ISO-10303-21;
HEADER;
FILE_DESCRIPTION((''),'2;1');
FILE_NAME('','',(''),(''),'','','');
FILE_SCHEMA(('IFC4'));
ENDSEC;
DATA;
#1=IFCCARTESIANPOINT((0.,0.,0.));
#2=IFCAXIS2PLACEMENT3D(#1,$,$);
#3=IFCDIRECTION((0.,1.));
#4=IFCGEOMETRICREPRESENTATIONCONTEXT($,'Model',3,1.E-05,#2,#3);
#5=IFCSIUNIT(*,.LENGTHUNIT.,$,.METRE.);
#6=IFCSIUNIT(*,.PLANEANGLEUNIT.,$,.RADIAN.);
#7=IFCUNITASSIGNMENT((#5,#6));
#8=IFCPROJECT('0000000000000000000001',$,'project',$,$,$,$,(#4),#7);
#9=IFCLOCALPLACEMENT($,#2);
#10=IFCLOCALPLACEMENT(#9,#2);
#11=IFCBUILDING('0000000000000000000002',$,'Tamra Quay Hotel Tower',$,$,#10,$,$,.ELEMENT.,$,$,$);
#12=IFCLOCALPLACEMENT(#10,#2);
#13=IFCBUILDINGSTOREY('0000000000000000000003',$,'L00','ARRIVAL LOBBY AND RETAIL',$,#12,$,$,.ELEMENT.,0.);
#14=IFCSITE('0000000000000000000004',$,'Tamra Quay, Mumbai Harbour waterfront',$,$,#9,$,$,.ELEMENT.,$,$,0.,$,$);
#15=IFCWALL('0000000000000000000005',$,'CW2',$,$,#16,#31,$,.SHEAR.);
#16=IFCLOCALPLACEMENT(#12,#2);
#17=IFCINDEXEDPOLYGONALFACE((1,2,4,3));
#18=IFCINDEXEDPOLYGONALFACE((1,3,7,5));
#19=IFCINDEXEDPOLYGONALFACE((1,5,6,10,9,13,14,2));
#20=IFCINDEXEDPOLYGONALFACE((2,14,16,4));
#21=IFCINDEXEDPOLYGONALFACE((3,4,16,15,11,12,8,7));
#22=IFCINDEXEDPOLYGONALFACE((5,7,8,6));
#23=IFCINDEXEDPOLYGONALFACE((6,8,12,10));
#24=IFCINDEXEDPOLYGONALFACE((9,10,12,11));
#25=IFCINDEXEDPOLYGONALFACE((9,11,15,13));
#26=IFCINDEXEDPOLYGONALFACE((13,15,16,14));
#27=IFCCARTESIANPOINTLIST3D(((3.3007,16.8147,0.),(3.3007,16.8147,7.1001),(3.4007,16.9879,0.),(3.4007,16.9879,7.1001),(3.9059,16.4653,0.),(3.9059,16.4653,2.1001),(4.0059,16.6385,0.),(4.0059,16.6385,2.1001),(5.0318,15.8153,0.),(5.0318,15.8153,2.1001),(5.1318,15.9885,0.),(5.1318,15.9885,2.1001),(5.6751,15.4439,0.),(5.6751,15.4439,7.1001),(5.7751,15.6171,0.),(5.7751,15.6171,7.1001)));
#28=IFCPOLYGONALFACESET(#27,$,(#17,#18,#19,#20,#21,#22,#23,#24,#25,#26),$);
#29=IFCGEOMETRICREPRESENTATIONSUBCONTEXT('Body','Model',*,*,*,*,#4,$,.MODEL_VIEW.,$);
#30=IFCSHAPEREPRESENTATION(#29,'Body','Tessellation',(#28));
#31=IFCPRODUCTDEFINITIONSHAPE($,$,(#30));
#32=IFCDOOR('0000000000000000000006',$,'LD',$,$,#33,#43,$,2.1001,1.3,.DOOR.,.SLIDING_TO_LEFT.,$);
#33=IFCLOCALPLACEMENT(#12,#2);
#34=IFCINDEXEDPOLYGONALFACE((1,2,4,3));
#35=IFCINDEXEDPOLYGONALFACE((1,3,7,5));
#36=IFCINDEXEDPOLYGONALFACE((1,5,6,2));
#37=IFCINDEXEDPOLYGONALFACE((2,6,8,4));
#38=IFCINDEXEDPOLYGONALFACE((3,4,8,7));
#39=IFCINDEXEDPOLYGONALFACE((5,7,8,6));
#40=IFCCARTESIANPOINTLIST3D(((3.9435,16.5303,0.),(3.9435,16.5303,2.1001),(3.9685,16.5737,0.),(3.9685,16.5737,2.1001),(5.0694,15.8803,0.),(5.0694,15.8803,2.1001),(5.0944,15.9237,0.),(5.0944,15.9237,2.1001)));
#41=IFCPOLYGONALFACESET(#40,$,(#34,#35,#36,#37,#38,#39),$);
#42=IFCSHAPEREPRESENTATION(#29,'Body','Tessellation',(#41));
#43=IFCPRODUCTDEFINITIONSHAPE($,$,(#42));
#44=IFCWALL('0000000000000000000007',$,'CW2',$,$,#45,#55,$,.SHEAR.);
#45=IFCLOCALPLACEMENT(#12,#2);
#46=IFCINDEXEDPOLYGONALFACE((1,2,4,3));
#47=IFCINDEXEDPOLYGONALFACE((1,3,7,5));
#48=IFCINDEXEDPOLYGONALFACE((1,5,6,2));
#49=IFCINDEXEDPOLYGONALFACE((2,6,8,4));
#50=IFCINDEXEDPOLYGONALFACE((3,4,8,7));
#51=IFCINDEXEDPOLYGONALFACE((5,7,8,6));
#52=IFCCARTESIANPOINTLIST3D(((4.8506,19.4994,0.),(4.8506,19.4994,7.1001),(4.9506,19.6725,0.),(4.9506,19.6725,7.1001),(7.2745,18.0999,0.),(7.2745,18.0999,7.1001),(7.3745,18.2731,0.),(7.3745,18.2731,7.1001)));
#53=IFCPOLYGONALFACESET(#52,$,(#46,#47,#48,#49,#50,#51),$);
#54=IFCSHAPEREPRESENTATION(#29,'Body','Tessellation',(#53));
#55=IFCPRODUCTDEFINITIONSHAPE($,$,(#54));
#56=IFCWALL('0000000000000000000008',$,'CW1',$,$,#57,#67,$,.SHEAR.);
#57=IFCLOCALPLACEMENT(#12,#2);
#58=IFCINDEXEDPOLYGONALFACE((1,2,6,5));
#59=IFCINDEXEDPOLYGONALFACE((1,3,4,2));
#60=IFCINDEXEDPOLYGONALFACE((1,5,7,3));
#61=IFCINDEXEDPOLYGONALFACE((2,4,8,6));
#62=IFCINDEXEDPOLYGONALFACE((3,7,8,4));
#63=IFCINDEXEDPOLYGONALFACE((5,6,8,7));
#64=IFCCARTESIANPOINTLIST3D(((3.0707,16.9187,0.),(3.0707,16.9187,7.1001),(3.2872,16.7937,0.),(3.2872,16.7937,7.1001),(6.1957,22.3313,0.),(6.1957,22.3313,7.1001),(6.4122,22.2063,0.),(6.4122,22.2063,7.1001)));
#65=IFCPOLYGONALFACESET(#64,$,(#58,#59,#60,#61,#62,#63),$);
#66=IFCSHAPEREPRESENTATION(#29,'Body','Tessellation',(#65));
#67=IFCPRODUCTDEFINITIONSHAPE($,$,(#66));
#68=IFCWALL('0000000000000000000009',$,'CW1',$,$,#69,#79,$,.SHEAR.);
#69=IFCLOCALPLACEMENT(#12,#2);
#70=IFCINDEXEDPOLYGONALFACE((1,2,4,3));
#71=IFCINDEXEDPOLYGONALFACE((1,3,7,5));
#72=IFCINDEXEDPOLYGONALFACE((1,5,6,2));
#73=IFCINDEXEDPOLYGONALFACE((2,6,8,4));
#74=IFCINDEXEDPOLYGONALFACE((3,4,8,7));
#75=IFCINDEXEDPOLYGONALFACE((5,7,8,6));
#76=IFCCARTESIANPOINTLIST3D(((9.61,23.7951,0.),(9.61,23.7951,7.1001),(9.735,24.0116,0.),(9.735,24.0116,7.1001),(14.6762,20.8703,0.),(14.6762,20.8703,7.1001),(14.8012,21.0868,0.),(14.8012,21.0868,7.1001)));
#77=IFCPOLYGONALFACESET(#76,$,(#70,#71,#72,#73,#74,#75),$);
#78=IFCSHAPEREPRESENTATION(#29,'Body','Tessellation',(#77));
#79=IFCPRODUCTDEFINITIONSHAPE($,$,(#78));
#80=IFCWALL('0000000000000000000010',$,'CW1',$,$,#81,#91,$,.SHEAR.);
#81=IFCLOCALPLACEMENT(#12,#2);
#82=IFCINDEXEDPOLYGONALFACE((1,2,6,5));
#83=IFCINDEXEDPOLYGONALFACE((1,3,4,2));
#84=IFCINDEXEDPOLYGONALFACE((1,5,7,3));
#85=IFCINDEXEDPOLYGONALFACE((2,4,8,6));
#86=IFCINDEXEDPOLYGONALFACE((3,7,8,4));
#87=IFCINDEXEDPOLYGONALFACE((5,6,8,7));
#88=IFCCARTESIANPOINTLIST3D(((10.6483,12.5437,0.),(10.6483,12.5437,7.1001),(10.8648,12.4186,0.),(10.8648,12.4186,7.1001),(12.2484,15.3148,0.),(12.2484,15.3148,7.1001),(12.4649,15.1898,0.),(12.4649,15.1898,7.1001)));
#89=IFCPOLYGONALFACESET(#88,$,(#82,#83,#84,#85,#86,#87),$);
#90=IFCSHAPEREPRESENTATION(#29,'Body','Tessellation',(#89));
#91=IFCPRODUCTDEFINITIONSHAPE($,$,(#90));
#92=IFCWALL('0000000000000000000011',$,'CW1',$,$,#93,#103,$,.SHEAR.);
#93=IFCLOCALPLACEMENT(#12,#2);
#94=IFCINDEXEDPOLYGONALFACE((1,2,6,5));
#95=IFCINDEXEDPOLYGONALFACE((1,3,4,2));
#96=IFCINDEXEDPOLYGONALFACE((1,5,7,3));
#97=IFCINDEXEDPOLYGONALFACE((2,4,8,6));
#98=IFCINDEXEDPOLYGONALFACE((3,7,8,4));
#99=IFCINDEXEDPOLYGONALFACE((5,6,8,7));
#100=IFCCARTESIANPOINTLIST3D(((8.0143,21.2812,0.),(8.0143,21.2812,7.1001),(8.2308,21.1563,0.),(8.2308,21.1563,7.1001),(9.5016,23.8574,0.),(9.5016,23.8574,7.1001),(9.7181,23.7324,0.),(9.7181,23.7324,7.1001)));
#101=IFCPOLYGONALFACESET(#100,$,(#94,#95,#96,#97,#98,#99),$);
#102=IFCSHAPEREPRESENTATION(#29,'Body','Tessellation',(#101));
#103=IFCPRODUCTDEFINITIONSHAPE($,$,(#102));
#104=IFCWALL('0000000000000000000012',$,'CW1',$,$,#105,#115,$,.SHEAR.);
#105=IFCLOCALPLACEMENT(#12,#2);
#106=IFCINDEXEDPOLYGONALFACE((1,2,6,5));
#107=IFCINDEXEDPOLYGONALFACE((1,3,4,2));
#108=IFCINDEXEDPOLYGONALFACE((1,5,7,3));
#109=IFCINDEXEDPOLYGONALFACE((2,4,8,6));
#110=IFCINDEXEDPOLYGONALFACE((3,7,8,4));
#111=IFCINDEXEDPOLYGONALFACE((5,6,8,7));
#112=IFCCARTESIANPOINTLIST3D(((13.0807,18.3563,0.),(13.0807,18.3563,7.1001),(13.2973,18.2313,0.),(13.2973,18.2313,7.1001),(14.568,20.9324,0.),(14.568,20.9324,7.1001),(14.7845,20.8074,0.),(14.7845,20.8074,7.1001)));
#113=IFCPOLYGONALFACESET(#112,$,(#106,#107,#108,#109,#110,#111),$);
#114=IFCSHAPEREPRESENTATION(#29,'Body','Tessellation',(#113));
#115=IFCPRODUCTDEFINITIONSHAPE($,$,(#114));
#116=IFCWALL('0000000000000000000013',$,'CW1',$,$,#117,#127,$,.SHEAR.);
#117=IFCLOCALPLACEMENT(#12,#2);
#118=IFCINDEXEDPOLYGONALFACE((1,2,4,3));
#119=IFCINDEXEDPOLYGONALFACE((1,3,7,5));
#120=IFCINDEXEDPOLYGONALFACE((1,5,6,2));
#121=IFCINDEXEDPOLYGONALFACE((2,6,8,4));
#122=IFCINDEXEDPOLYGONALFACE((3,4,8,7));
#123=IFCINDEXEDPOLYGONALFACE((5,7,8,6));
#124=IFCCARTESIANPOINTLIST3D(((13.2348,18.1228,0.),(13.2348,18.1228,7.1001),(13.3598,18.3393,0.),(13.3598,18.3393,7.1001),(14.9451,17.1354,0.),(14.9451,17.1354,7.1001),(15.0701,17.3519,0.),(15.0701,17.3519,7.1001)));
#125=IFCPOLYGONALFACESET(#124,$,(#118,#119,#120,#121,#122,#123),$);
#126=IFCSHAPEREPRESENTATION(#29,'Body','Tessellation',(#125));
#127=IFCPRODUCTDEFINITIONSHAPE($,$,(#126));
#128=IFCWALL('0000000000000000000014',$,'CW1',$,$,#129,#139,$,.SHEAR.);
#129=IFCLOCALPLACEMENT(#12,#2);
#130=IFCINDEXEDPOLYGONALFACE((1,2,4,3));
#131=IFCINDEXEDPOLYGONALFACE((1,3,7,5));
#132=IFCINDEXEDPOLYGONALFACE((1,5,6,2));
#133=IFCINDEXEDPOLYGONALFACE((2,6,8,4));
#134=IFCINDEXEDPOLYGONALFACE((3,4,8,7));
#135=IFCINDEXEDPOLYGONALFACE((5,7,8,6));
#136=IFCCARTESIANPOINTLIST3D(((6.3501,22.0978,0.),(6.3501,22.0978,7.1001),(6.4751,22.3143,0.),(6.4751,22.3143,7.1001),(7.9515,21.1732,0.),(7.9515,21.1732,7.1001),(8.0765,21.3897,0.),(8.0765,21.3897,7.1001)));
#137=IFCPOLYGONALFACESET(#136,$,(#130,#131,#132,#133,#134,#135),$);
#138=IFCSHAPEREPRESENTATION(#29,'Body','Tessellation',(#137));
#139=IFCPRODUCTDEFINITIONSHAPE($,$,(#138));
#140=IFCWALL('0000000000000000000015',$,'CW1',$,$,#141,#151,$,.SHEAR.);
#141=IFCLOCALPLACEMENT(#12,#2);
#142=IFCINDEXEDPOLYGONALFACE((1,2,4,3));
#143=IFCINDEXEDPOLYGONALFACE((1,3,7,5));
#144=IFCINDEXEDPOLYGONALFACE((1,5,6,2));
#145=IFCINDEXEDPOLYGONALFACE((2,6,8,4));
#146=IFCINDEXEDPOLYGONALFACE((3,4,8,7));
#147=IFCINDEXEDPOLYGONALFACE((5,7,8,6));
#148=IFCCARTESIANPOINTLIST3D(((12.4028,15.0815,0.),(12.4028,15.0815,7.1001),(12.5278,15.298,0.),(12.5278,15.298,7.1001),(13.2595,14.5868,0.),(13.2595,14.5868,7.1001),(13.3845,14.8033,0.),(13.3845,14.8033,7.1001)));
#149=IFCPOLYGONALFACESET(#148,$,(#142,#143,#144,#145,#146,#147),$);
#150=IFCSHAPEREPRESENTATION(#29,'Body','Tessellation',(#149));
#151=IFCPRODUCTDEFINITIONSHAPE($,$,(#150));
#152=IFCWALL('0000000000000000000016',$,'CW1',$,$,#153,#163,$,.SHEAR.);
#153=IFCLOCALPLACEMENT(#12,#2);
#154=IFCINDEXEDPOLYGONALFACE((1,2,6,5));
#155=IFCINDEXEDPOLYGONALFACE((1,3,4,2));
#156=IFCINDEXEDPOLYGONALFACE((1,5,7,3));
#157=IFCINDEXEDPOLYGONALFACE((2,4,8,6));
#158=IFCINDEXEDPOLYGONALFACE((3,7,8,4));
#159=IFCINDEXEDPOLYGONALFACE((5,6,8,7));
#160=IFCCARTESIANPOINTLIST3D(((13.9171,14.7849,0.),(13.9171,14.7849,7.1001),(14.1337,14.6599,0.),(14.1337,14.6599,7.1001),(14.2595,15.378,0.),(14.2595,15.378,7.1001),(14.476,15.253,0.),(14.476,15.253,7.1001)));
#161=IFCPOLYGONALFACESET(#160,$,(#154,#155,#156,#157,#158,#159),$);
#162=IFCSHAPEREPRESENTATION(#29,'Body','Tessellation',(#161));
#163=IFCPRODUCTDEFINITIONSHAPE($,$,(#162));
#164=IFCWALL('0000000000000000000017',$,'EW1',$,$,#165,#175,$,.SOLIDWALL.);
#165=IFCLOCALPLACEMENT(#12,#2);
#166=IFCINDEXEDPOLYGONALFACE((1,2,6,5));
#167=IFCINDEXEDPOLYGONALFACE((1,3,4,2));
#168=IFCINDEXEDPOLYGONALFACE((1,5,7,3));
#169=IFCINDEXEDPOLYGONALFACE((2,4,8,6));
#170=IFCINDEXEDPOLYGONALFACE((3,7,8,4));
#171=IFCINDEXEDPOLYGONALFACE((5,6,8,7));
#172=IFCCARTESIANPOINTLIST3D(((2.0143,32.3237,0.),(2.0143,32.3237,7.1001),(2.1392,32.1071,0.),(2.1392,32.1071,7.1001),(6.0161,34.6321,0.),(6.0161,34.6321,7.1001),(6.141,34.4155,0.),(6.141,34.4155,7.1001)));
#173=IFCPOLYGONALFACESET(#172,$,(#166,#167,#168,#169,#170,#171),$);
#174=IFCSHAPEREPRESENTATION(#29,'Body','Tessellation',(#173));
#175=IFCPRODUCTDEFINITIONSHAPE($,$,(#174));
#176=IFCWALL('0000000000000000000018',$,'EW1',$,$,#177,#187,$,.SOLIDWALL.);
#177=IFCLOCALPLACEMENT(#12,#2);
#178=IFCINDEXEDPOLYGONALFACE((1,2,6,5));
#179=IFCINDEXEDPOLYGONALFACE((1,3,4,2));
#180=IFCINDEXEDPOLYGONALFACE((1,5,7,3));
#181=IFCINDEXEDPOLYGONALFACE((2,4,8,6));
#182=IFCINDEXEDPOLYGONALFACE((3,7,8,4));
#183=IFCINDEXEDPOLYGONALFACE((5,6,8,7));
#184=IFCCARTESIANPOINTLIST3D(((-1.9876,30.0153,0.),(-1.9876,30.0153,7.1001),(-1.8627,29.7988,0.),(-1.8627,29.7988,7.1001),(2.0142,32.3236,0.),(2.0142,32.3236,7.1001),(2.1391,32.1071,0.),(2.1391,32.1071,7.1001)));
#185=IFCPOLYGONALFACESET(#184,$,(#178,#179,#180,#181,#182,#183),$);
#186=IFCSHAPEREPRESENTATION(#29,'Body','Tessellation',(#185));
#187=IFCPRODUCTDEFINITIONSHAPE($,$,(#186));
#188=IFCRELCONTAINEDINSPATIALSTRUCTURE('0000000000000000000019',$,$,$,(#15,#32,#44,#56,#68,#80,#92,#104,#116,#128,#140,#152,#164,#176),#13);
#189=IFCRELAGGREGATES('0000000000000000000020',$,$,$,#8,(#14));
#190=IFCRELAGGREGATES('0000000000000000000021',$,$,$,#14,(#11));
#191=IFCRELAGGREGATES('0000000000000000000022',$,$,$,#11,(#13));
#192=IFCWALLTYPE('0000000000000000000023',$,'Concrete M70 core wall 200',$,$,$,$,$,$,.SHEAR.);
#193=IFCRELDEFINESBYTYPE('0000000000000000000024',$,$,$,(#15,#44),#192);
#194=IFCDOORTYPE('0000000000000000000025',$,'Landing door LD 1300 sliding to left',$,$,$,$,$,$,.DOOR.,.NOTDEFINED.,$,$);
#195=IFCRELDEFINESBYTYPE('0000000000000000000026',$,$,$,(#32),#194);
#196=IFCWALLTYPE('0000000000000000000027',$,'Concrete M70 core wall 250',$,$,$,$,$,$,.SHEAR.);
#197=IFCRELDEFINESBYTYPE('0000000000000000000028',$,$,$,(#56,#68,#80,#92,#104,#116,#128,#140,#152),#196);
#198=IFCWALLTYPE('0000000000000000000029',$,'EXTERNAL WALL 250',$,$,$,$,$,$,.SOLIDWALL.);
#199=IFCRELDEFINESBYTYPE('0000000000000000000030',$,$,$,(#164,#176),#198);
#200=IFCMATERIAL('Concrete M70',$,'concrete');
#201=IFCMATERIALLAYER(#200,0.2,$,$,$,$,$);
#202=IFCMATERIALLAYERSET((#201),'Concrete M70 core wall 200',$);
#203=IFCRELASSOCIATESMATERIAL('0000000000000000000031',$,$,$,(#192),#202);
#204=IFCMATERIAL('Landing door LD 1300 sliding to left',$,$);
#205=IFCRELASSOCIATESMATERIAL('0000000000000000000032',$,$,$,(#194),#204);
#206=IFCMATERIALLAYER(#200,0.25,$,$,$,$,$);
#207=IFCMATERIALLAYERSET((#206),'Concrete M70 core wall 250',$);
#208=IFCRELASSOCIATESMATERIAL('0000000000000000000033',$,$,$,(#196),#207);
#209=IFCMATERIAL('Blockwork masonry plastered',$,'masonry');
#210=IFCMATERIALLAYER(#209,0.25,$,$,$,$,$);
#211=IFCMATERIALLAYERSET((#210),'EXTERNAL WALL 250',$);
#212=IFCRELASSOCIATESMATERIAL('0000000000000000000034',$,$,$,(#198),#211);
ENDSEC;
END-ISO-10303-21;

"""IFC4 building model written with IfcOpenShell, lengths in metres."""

from ifc_helpers import new_model, si_unit, direction, frame, frame_2d, origin, place, context, subcontext, project, spatial, rectangle, extrude, material, layer, layer_set, type_object, element, fill, save


model = new_model("IFC4")

# Units and contexts
model_context = context("Model", 3, precision=1e-05, world=origin(), true_north=direction((0.0, 1.0)))
body_context = subcontext(model_context, "Body", "Model", "MODEL_VIEW")
ifc_project = project(units=[si_unit("LENGTHUNIT", "METRE"), si_unit("PLANEANGLEUNIT", "RADIAN")], contexts=[model_context])

# Site, building, storey
site_placement = place(None, origin())
site = spatial("IfcSite", under=ifc_project, at=site_placement, Name="Tamra Quay, Mumbai Harbour waterfront", CompositionType="ELEMENT", RefElevation=0.0)
building_placement = place(site_placement, origin())
building = spatial("IfcBuilding", under=site, at=building_placement, Name="Tamra Quay Hotel Tower", CompositionType="ELEMENT")
storey_placement = place(building_placement, origin())
storey = spatial("IfcBuildingStorey", under=building, at=storey_placement, Name="L00", Description="ARRIVAL LOBBY AND RETAIL", CompositionType="ELEMENT", Elevation=0.0)

# Shared definitions
ifc_material_1 = material(Name="Concrete M70", Category="concrete")

# Shared definitions
ifc_layer_1 = layer(ifc_material_1, 0.2)
ifc_layer_set_1 = layer_set([ifc_layer_1], Name="Concrete M70 core wall 200")
wall_type_1 = type_object("IfcWallType", Name="Concrete M70 core wall 200", PredefinedType="SHEAR", material=ifc_layer_set_1)

# Wall, opening, door
wall_1_placement = place(storey_placement, frame((5.7251, 15.5305, 0.0), z_axis=(0.0, 0.0, 1.0), x_axis=(-0.866037, 0.499979, 0.0)))
wall_1 = element("IfcWall", 1, at=wall_1_placement, inside=storey, type_object=wall_type_1, Name="CW2", PredefinedType="SHEAR", context=body_context, shape_type="SweptSolid", body=[
    extrude(rectangle(XDim=2.7417, YDim=0.2, at=frame_2d((1.3708, 0.0))), origin(), (0.0, 0.0, 1.0), 7.1001),
])
opening_1_placement = place(wall_1_placement, frame((0.7429, 0.0, 0.0)))
opening_1 = element("IfcOpeningElement", 2, at=opening_1_placement, cuts=wall_1, PredefinedType="OPENING", context=body_context, shape_type="SweptSolid", body=[
    extrude(rectangle(XDim=1.3, YDim=2.1001, at=frame_2d((0.6499, 1.05))), frame((0.0, 0.1099, 0.0), z_axis=(0.0, -1.0, 0.0), x_axis=(1.0, 0.0, 0.0)), (0.0, 0.0, 1.0), 0.22),
])
ifc_material_2 = material(Name="Landing door LD 1300 sliding to left")
door_type_1 = type_object("IfcDoorType", Name="Landing door LD 1300 sliding to left", OperationType="NOTDEFINED", PredefinedType="DOOR", material=ifc_material_2)
door_1_placement = place(opening_1_placement, origin())
door_1 = element("IfcDoor", 3, at=door_1_placement, inside=storey, type_object=door_type_1, Name="LD", OperationType="SLIDING_TO_LEFT", OverallHeight=2.1001, OverallWidth=1.3, PredefinedType="DOOR", context=body_context, shape_type="SweptSolid", body=[
    extrude(rectangle(XDim=1.3, YDim=2.1001, at=frame_2d((0.6499, 1.05))), frame((0.0, 0.0249, 0.0), z_axis=(0.0, -1.0, 0.0), x_axis=(1.0, 0.0, 0.0)), (0.0, 0.0, 1.0), 0.05),
])
fill(opening_1, door_1)

# Walls
wall_2_placement = place(storey_placement, frame((4.9006, 19.5859, 0.0), z_axis=(0.0, 0.0, 1.0), x_axis=(0.866023, -0.500004, 0.0)))
element("IfcWall", 4, at=wall_2_placement, inside=storey, type_object=wall_type_1, Name="CW2", PredefinedType="SHEAR", context=body_context, shape_type="SweptSolid", body=[
    extrude(rectangle(XDim=2.7988, YDim=0.2, at=frame_2d((1.3994, 0.0))), origin(), (0.0, 0.0, 1.0), 7.1001),
])
ifc_layer_2 = layer(ifc_material_1, 0.25)
ifc_layer_set_2 = layer_set([ifc_layer_2], Name="Concrete M70 core wall 250")
wall_type_2 = type_object("IfcWallType", Name="Concrete M70 core wall 250", PredefinedType="SHEAR", material=ifc_layer_set_2)
wall_3_placement = place(storey_placement, frame((3.179, 16.8562, 0.0), z_axis=(0.0, 0.0, 1.0), x_axis=(0.500004, 0.866023, 0.0)))
element("IfcWall", 5, at=wall_3_placement, inside=storey, type_object=wall_type_2, Name="CW1", PredefinedType="SHEAR", context=body_context, shape_type="SweptSolid", body=[
    extrude(rectangle(XDim=6.25, YDim=0.25, at=frame_2d((3.125, 0.0))), origin(), (0.0, 0.0, 1.0), 7.1001),
])
wall_4_placement = place(storey_placement, frame((9.6726, 23.9033, 0.0), z_axis=(0.0, 0.0, 1.0), x_axis=(0.866036, -0.499981, 0.0)))
element("IfcWall", 6, at=wall_4_placement, inside=storey, type_object=wall_type_2, Name="CW1", PredefinedType="SHEAR", context=body_context, shape_type="SweptSolid", body=[
    extrude(rectangle(XDim=5.8499, YDim=0.25, at=frame_2d((2.9248, 0.0))), origin(), (0.0, 0.0, 1.0), 7.1001),
])
wall_5_placement = place(storey_placement, frame((12.3567, 15.2524, 0.0), z_axis=(0.0, 0.0, 1.0), x_axis=(-0.500028, -0.866009, 0.0)))
element("IfcWall", 7, at=wall_5_placement, inside=storey, type_object=wall_type_2, Name="CW1", PredefinedType="SHEAR", context=body_context, shape_type="SweptSolid", body=[
    extrude(rectangle(XDim=3.2, YDim=0.25, at=frame_2d((1.6001, 0.0))), origin(), (0.0, 0.0, 1.0), 7.1001),
])
for number, where, z_axis, x_axis, name in (
    (8, (8.1226, 21.2188, 0.0), (0.0, 0.0, 1.0), (0.499988, 0.866033, 0.0), "CW1"),
    (9, (14.6763, 20.8699, 0.0), (0.0, 0.0, 1.0), (-0.499988, -0.866033, 0.0), "CW1"),
):
    element("IfcWall", number, at=place(storey_placement, frame(where, z_axis=z_axis, x_axis=x_axis)), inside=storey, type_object=wall_type_2, Name=name, PredefinedType="SHEAR", context=body_context, shape_type="SweptSolid", body=[
        extrude(rectangle(XDim=2.9746, YDim=0.25, at=frame_2d((1.4873, 0.0))), origin(), (0.0, 0.0, 1.0), 7.1001),
    ])
wall_6_placement = place(storey_placement, frame((13.2974, 18.231, 0.0), z_axis=(0.0, 0.0, 1.0), x_axis=(0.866044, -0.499969, 0.0)))
element("IfcWall", 10, at=wall_6_placement, inside=storey, type_object=wall_type_2, Name="CW1", PredefinedType="SHEAR", context=body_context, shape_type="SweptSolid", body=[
    extrude(rectangle(XDim=1.9749, YDim=0.25, at=frame_2d((0.9873, 0.0))), origin(), (0.0, 0.0, 1.0), 7.1001),
])
wall_7_placement = place(storey_placement, frame((6.4126, 22.2061, 0.0), z_axis=(0.0, 0.0, 1.0), x_axis=(0.866016, -0.500016, 0.0)))
element("IfcWall", 11, at=wall_7_placement, inside=storey, type_object=wall_type_2, Name="CW1", PredefinedType="SHEAR", context=body_context, shape_type="SweptSolid", body=[
    extrude(rectangle(XDim=1.8491, YDim=0.25, at=frame_2d((0.9246, 0.0))), origin(), (0.0, 0.0, 1.0), 7.1001),
])
wall_8_placement = place(storey_placement, frame((13.322, 14.6951, 0.0), z_axis=(0.0, 0.0, 1.0), x_axis=(-0.866017, 0.500014, 0.0)))
element("IfcWall", 12, at=wall_8_placement, inside=storey, type_object=wall_type_2, Name="CW1", PredefinedType="SHEAR", context=body_context, shape_type="SweptSolid", body=[
    extrude(rectangle(XDim=0.9893, YDim=0.25, at=frame_2d((0.4946, 0.0))), origin(), (0.0, 0.0, 1.0), 7.1001),
])
wall_9_placement = place(storey_placement, frame((14.3677, 15.3154, 0.0), z_axis=(0.0, 0.0, 1.0), x_axis=(-0.499897, -0.866085, 0.0)))
element("IfcWall", 13, at=wall_9_placement, inside=storey, type_object=wall_type_2, Name="CW1", PredefinedType="SHEAR", context=body_context, shape_type="SweptSolid", body=[
    extrude(rectangle(XDim=0.6848, YDim=0.25, at=frame_2d((0.3423, 0.0))), origin(), (0.0, 0.0, 1.0), 7.1001),
])
ifc_material_3 = material(Name="Blockwork masonry plastered", Category="masonry")
ifc_layer_3 = layer(ifc_material_3, 0.25)
ifc_layer_set_3 = layer_set([ifc_layer_3], Name="EXTERNAL WALL 250")
wall_type_3 = type_object("IfcWallType", Name="EXTERNAL WALL 250", PredefinedType="SOLIDWALL", material=ifc_layer_set_3)
for number, where, z_axis, x_axis, name in (
    (14, (2.0767, 32.2153, 0.0), (0.0, 0.0, 1.0), (0.866216, 0.499669, 0.0), "EW1"),
    (15, (-1.9253, 29.907, 0.0), (0.0, 0.0, 1.0), (0.86623, 0.499646, 0.0), "EW1"),
):
    element("IfcWall", number, at=place(storey_placement, frame(where, z_axis=z_axis, x_axis=x_axis)), inside=storey, type_object=wall_type_3, Name=name, PredefinedType="SOLIDWALL", context=body_context, shape_type="SweptSolid", body=[
        extrude(rectangle(XDim=4.6199, YDim=0.25, at=frame_2d((2.3101, 0.0))), origin(), (0.0, 0.0, 1.0), 7.1001),
    ])

save(model, "model.ifc")
